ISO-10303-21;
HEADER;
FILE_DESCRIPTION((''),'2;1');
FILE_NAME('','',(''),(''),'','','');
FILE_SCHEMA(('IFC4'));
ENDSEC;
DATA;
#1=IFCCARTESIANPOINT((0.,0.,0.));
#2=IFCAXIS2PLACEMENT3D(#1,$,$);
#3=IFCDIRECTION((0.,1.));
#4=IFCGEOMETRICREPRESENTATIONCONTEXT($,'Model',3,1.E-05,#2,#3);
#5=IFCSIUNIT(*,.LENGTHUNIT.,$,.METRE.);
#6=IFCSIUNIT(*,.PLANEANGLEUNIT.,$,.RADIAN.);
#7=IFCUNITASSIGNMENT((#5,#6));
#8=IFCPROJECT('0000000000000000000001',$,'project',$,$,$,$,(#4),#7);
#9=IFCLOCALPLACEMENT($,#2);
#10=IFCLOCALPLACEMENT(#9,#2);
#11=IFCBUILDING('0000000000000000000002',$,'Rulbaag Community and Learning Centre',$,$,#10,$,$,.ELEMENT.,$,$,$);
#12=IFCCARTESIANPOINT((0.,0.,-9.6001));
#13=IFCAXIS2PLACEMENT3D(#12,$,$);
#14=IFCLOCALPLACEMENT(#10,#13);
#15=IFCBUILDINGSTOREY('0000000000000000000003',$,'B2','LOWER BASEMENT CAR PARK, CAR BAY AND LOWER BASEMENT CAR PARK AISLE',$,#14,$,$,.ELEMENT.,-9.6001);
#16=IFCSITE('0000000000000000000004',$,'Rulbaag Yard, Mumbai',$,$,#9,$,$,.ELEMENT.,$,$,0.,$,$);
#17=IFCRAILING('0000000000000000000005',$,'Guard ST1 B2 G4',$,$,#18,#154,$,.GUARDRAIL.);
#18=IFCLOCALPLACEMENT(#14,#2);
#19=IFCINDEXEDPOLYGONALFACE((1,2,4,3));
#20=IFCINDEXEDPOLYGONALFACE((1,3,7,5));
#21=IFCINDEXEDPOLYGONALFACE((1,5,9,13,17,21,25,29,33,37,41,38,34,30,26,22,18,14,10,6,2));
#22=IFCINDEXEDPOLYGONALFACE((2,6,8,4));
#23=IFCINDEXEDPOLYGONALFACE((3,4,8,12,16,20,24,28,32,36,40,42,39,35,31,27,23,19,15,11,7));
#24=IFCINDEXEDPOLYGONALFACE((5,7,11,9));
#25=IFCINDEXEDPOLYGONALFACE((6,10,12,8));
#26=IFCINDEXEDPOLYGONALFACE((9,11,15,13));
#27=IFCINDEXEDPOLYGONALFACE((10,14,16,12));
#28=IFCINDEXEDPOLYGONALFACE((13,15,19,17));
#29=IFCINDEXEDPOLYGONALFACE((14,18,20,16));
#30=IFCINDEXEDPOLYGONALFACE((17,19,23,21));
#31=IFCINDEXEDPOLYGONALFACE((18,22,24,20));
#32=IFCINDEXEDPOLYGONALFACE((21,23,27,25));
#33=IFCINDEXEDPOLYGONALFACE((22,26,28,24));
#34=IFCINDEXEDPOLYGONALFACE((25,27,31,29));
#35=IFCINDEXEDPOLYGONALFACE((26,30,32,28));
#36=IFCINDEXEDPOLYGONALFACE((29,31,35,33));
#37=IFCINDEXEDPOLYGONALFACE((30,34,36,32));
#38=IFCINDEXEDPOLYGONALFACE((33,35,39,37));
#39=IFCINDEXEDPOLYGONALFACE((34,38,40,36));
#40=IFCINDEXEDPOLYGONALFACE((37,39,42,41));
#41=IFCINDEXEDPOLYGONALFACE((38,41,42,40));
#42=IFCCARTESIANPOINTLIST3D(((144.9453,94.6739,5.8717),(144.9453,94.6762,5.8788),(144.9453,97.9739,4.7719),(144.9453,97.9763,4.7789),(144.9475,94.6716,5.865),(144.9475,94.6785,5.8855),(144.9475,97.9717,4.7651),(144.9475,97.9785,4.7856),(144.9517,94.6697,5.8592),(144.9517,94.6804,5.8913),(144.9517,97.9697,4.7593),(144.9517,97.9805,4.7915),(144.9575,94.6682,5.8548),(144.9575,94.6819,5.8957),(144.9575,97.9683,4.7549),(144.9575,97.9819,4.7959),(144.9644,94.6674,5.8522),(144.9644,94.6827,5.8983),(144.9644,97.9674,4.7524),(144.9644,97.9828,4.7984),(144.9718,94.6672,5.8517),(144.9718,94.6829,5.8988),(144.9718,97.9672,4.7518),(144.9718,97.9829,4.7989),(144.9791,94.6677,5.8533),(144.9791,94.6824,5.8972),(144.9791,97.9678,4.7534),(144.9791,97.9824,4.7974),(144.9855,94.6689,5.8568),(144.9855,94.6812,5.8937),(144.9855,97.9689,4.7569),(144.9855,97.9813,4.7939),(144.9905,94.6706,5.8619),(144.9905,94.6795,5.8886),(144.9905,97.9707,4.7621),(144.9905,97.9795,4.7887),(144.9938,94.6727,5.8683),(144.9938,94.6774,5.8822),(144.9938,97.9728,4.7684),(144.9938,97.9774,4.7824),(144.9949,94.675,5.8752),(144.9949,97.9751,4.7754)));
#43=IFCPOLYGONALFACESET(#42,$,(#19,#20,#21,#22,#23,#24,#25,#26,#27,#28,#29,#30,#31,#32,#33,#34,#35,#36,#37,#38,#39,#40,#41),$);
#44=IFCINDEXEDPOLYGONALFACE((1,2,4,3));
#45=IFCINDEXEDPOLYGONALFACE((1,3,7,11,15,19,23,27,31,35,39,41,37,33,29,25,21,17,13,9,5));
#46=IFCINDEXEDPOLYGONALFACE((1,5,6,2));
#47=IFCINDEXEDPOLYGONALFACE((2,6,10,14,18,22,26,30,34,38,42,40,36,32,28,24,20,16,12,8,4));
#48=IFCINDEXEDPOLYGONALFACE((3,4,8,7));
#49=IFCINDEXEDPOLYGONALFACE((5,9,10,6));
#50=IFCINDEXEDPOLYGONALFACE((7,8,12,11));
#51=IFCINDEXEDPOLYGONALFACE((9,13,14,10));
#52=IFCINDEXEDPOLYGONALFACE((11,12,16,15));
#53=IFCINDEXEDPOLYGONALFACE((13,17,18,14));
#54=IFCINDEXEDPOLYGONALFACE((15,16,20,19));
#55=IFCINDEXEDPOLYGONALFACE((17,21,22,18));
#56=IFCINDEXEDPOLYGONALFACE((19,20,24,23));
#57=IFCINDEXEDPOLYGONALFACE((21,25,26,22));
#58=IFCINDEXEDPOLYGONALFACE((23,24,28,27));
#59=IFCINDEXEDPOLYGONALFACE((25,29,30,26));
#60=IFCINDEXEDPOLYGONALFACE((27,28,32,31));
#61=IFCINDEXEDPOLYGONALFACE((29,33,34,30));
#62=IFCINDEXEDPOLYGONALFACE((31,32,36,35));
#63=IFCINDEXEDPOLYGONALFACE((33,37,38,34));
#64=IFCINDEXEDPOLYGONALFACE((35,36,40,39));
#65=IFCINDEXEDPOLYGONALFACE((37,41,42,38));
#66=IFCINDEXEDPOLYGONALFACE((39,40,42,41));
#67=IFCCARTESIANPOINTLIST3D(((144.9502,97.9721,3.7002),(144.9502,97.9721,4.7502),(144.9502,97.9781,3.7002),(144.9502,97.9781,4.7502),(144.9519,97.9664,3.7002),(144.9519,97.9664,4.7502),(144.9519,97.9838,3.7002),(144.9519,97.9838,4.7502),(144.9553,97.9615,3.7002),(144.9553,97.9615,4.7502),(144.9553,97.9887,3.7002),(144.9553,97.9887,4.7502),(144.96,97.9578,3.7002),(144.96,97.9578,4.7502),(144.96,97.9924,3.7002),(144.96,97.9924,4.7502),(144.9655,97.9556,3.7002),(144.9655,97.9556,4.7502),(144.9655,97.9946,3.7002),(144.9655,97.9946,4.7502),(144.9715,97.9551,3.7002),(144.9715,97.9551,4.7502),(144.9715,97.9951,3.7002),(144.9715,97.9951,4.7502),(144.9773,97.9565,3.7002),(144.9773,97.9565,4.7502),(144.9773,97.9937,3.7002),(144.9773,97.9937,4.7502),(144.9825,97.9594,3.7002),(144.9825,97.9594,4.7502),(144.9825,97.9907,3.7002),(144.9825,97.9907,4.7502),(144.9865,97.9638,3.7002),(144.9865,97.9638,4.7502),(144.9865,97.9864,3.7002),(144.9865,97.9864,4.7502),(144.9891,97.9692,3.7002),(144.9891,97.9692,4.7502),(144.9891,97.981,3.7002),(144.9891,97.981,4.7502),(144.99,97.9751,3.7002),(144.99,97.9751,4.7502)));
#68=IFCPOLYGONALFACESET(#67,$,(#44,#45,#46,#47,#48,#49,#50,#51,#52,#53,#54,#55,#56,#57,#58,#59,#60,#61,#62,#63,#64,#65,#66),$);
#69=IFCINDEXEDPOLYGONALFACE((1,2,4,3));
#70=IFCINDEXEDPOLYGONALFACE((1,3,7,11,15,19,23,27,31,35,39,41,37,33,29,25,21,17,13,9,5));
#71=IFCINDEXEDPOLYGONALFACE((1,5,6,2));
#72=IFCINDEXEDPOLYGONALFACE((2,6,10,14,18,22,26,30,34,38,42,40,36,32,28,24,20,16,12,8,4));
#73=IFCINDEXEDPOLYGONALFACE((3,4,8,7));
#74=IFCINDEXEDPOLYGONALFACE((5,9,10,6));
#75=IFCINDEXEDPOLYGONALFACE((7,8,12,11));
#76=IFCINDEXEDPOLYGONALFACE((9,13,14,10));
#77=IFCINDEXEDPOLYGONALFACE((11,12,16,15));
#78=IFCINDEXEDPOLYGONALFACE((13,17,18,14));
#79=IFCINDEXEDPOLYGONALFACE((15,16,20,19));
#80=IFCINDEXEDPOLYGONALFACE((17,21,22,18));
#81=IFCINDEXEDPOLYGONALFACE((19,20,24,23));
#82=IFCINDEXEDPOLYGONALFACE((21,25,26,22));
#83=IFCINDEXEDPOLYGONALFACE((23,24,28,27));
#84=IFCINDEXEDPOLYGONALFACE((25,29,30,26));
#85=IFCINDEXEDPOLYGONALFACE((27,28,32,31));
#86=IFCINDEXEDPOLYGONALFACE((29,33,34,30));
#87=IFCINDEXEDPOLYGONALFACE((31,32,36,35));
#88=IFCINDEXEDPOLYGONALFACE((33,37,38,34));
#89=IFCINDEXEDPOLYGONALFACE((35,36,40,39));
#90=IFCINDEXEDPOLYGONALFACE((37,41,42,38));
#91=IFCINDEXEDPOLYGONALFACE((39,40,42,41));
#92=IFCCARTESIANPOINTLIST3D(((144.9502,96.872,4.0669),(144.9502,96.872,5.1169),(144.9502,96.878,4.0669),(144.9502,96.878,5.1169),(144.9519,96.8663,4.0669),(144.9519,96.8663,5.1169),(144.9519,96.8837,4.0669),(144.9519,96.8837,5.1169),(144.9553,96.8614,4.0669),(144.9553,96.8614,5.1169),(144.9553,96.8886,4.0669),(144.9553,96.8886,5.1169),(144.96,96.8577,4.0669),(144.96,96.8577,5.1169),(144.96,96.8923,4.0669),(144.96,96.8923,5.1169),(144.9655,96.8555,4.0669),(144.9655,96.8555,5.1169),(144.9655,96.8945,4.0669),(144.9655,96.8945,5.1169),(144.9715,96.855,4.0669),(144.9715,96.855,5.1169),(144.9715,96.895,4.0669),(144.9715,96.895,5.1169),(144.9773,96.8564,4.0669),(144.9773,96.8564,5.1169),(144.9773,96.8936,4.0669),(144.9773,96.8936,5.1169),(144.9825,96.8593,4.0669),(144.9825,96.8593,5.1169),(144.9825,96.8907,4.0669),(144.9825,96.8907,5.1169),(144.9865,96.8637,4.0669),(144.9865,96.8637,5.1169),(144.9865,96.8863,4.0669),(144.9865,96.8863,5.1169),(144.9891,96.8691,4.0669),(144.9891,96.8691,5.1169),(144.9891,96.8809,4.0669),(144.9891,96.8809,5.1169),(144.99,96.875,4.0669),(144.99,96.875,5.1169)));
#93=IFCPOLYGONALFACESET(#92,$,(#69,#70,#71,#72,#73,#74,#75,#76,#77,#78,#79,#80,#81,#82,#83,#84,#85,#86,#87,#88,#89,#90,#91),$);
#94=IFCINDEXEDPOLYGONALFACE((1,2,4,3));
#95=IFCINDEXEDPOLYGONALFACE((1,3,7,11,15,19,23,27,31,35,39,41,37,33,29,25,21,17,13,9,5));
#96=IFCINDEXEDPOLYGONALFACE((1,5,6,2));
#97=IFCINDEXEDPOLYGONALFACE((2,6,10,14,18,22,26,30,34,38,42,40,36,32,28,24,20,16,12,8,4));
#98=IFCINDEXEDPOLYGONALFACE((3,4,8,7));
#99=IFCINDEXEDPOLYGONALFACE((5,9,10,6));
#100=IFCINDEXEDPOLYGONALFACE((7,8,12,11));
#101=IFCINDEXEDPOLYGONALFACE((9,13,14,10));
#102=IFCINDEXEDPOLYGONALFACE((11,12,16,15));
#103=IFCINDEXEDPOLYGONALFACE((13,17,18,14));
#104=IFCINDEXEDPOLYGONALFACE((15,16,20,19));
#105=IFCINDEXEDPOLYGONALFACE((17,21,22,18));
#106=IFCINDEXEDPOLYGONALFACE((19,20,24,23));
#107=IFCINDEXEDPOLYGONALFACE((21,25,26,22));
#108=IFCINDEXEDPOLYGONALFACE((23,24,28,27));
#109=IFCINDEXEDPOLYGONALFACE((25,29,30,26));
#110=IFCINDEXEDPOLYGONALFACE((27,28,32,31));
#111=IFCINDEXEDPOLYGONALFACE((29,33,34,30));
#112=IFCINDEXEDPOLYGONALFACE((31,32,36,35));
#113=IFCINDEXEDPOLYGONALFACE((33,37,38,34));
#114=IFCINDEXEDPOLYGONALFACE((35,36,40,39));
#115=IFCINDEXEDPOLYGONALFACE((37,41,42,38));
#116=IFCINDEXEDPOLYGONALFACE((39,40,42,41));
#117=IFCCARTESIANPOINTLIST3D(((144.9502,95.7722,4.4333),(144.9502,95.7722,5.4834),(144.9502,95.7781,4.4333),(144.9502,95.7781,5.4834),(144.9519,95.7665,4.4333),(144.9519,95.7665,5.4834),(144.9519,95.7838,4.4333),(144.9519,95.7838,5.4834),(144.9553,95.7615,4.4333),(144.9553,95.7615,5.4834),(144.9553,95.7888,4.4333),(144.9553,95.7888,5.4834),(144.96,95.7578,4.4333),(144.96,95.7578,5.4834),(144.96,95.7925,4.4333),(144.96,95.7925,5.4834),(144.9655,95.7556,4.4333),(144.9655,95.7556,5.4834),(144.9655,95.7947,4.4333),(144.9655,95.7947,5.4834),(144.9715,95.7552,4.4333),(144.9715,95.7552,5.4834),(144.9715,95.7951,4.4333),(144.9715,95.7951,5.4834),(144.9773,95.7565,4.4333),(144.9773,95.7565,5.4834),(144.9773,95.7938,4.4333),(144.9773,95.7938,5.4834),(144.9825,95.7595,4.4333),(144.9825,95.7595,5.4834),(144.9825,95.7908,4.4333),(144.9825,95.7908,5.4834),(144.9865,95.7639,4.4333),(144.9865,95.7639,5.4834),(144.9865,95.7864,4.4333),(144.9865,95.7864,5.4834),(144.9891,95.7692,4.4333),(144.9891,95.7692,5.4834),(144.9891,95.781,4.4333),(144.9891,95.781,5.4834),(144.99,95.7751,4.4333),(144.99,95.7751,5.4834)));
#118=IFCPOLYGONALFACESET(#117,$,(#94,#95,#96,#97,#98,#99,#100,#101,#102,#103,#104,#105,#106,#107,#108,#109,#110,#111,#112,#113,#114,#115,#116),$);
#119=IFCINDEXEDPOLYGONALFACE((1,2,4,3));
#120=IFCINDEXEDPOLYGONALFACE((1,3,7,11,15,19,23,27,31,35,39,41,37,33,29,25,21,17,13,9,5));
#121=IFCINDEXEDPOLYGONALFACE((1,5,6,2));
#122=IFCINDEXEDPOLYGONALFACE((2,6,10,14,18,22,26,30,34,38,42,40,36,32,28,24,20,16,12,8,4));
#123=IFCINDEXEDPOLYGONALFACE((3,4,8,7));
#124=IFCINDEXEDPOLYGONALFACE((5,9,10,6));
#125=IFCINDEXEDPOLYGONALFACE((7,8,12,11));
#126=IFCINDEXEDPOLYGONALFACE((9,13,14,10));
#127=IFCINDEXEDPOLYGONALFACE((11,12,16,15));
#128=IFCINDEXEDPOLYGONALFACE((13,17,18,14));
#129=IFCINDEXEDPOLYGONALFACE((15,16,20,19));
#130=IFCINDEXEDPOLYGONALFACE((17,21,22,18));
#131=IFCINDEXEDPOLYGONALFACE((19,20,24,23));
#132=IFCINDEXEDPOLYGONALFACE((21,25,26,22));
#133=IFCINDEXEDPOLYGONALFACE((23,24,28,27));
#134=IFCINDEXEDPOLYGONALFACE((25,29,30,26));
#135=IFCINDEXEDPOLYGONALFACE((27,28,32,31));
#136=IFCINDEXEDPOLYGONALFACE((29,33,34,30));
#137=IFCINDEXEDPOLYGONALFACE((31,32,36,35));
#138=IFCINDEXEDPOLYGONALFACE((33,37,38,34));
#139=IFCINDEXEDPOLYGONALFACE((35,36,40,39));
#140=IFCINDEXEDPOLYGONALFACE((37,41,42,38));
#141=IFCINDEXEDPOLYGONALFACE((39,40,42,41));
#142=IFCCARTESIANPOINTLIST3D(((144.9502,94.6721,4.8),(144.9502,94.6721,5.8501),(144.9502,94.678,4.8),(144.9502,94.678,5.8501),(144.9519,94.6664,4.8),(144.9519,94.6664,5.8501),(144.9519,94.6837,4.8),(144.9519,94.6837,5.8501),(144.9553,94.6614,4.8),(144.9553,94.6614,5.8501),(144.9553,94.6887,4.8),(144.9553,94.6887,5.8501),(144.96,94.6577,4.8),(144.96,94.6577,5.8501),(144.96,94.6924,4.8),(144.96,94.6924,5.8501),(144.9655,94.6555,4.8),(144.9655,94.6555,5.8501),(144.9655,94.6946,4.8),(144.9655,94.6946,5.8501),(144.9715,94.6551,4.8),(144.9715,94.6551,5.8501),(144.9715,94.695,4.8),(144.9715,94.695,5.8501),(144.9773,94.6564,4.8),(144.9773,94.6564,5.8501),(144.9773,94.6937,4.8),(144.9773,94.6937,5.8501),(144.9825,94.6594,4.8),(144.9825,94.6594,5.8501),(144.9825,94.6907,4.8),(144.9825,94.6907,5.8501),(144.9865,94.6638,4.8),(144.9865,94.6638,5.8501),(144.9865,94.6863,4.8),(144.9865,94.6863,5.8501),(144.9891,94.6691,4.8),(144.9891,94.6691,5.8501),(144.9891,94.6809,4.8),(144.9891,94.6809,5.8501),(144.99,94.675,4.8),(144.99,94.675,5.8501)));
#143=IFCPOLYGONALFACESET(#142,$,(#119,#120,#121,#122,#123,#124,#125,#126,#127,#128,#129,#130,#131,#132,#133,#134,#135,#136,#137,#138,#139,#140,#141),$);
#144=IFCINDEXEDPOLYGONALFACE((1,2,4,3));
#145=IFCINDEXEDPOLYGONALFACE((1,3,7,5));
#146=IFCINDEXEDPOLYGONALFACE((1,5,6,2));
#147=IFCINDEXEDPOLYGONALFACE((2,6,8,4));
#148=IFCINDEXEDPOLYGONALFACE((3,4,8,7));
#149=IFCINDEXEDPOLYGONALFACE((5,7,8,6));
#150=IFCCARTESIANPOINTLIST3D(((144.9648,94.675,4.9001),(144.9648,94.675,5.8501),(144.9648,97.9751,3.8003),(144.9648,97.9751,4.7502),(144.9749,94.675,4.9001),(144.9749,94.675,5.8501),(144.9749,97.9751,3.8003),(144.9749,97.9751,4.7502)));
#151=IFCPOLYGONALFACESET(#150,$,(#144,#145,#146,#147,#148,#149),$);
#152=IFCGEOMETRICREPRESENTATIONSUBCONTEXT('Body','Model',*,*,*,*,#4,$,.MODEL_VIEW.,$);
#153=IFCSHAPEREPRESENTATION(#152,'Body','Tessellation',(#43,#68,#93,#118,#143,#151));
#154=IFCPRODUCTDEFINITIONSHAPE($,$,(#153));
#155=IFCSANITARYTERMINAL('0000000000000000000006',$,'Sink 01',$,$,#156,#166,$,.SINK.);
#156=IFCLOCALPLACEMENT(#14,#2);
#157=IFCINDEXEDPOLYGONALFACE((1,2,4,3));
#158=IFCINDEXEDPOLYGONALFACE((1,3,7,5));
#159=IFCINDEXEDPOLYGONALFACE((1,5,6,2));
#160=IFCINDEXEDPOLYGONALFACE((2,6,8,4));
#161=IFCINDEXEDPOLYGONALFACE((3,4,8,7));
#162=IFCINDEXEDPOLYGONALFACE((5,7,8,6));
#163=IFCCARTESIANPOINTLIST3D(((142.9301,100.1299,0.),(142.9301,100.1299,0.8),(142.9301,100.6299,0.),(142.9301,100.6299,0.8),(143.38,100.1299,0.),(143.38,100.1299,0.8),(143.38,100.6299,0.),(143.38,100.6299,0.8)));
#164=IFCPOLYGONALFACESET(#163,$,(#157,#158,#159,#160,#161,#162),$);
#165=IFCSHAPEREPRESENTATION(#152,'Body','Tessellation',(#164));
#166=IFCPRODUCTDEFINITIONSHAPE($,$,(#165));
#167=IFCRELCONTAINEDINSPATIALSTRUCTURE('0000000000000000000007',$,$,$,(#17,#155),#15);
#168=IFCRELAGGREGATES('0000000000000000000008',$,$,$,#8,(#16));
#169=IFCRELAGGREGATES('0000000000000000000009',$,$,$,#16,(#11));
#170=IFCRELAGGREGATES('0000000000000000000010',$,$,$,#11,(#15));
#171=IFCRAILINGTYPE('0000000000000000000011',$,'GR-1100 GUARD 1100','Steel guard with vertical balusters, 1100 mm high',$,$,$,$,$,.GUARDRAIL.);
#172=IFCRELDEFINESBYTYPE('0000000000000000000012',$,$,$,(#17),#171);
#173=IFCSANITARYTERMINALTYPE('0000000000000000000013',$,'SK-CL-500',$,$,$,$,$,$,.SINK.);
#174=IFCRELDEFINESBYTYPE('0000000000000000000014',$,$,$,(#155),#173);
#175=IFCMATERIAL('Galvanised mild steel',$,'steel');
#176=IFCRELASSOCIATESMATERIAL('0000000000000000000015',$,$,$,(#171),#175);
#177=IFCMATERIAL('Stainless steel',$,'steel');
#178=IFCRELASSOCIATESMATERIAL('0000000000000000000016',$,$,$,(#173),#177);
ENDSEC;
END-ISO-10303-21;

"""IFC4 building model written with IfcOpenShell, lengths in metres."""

from ifc_helpers import new_model, si_unit, direction, frame, origin, origin_2d, place, context, subcontext, project, spatial, polyline, rectangle, circle, outline, extrude, material, type_object, element, save


model = new_model("IFC4")

# Units and contexts
model_context = context("Model", 3, precision=1e-05, world=origin(), true_north=direction((0.0, 1.0)))
body_context = subcontext(model_context, "Body", "Model", "MODEL_VIEW")
ifc_project = project(units=[si_unit("LENGTHUNIT", "METRE"), si_unit("PLANEANGLEUNIT", "RADIAN")], contexts=[model_context])

# Site, building, storey
site_placement = place(None, origin())
site = spatial("IfcSite", under=ifc_project, at=site_placement, Name="Rulbaag Yard, Mumbai", CompositionType="ELEMENT", RefElevation=0.0)
building_placement = place(site_placement, origin())
building = spatial("IfcBuilding", under=site, at=building_placement, Name="Rulbaag Community and Learning Centre", CompositionType="ELEMENT")
storey_placement = place(building_placement, frame((0.0, 0.0, -9.6001)))
storey = spatial("IfcBuildingStorey", under=building, at=storey_placement, Name="B2", Description="LOWER BASEMENT CAR PARK, CAR BAY AND LOWER BASEMENT CAR PARK AISLE", CompositionType="ELEMENT", Elevation=-9.6001)

# Railing
ifc_material_1 = material(Name="Galvanised mild steel", Category="steel")
railing_type = type_object("IfcRailingType", Name="GR-1100 GUARD 1100", Description="Steel guard with vertical balusters, 1100 mm high", PredefinedType="GUARDRAIL", material=ifc_material_1)
railing_1_placement = place(storey_placement, frame((144.97, 97.9751, 3.7002)))
element("IfcRailing", 1, at=railing_1_placement, inside=storey, type_object=railing_type, Name="Guard ST1 B2 G4", PredefinedType="GUARDRAIL", context=body_context, shape_type="SweptSolid", body=[
    extrude(circle(Radius=0.0249, at=origin_2d()), frame((0.0, 0.0, 1.0752), z_axis=(0.0, -0.948697, 0.316186), x_axis=(1.0, 0.0, 0.0)), (0.0, 0.0, 1.0), 3.4785),
    extrude(circle(Radius=0.02, at=origin_2d()), origin(), (0.0, 0.0, 1.0), 1.05),
    extrude(circle(Radius=0.02, at=origin_2d()), frame((0.0, -1.1001, 0.3667)), (0.0, 0.0, 1.0), 1.05),
    extrude(circle(Radius=0.02, at=origin_2d()), frame((0.0, -2.2, 0.7332)), (0.0, 0.0, 1.0), 1.05),
    extrude(circle(Radius=0.02, at=origin_2d()), frame((0.0, -3.3, 1.0999)), (0.0, 0.0, 1.0), 1.05),
    extrude(outline(polyline([(0.0, 0.0), (3.3, 1.0999), (3.3, 2.0498), (0.0, 0.95), (0.0, 0.0)])), frame((0.0049, 0.0, 0.1001), z_axis=(-1.0, 0.0, 0.0), x_axis=(0.0, -1.0, 0.0)), (0.0, 0.0, 1.0), 0.01),
])

# Sanitary terminal
ifc_material_2 = material(Name="Stainless steel", Category="steel")
sanitary_terminal_type = type_object("IfcSanitaryTerminalType", Name="SK-CL-500", PredefinedType="SINK", material=ifc_material_2)
sanitary_terminal_placement = place(storey_placement, frame((143.155, 100.3799, 0.0), z_axis=(0.0, 0.0, 1.0), x_axis=(1.0, 0.0, 0.0)))
element("IfcSanitaryTerminal", 2, at=sanitary_terminal_placement, inside=storey, type_object=sanitary_terminal_type, Name="Sink 01", PredefinedType="SINK", context=body_context, shape_type="SweptSolid", body=[
    extrude(rectangle(XDim=0.45, YDim=0.5, at=origin_2d()), origin(), (0.0, 0.0, 1.0), 0.8),
])

save(model, "model.ifc")
